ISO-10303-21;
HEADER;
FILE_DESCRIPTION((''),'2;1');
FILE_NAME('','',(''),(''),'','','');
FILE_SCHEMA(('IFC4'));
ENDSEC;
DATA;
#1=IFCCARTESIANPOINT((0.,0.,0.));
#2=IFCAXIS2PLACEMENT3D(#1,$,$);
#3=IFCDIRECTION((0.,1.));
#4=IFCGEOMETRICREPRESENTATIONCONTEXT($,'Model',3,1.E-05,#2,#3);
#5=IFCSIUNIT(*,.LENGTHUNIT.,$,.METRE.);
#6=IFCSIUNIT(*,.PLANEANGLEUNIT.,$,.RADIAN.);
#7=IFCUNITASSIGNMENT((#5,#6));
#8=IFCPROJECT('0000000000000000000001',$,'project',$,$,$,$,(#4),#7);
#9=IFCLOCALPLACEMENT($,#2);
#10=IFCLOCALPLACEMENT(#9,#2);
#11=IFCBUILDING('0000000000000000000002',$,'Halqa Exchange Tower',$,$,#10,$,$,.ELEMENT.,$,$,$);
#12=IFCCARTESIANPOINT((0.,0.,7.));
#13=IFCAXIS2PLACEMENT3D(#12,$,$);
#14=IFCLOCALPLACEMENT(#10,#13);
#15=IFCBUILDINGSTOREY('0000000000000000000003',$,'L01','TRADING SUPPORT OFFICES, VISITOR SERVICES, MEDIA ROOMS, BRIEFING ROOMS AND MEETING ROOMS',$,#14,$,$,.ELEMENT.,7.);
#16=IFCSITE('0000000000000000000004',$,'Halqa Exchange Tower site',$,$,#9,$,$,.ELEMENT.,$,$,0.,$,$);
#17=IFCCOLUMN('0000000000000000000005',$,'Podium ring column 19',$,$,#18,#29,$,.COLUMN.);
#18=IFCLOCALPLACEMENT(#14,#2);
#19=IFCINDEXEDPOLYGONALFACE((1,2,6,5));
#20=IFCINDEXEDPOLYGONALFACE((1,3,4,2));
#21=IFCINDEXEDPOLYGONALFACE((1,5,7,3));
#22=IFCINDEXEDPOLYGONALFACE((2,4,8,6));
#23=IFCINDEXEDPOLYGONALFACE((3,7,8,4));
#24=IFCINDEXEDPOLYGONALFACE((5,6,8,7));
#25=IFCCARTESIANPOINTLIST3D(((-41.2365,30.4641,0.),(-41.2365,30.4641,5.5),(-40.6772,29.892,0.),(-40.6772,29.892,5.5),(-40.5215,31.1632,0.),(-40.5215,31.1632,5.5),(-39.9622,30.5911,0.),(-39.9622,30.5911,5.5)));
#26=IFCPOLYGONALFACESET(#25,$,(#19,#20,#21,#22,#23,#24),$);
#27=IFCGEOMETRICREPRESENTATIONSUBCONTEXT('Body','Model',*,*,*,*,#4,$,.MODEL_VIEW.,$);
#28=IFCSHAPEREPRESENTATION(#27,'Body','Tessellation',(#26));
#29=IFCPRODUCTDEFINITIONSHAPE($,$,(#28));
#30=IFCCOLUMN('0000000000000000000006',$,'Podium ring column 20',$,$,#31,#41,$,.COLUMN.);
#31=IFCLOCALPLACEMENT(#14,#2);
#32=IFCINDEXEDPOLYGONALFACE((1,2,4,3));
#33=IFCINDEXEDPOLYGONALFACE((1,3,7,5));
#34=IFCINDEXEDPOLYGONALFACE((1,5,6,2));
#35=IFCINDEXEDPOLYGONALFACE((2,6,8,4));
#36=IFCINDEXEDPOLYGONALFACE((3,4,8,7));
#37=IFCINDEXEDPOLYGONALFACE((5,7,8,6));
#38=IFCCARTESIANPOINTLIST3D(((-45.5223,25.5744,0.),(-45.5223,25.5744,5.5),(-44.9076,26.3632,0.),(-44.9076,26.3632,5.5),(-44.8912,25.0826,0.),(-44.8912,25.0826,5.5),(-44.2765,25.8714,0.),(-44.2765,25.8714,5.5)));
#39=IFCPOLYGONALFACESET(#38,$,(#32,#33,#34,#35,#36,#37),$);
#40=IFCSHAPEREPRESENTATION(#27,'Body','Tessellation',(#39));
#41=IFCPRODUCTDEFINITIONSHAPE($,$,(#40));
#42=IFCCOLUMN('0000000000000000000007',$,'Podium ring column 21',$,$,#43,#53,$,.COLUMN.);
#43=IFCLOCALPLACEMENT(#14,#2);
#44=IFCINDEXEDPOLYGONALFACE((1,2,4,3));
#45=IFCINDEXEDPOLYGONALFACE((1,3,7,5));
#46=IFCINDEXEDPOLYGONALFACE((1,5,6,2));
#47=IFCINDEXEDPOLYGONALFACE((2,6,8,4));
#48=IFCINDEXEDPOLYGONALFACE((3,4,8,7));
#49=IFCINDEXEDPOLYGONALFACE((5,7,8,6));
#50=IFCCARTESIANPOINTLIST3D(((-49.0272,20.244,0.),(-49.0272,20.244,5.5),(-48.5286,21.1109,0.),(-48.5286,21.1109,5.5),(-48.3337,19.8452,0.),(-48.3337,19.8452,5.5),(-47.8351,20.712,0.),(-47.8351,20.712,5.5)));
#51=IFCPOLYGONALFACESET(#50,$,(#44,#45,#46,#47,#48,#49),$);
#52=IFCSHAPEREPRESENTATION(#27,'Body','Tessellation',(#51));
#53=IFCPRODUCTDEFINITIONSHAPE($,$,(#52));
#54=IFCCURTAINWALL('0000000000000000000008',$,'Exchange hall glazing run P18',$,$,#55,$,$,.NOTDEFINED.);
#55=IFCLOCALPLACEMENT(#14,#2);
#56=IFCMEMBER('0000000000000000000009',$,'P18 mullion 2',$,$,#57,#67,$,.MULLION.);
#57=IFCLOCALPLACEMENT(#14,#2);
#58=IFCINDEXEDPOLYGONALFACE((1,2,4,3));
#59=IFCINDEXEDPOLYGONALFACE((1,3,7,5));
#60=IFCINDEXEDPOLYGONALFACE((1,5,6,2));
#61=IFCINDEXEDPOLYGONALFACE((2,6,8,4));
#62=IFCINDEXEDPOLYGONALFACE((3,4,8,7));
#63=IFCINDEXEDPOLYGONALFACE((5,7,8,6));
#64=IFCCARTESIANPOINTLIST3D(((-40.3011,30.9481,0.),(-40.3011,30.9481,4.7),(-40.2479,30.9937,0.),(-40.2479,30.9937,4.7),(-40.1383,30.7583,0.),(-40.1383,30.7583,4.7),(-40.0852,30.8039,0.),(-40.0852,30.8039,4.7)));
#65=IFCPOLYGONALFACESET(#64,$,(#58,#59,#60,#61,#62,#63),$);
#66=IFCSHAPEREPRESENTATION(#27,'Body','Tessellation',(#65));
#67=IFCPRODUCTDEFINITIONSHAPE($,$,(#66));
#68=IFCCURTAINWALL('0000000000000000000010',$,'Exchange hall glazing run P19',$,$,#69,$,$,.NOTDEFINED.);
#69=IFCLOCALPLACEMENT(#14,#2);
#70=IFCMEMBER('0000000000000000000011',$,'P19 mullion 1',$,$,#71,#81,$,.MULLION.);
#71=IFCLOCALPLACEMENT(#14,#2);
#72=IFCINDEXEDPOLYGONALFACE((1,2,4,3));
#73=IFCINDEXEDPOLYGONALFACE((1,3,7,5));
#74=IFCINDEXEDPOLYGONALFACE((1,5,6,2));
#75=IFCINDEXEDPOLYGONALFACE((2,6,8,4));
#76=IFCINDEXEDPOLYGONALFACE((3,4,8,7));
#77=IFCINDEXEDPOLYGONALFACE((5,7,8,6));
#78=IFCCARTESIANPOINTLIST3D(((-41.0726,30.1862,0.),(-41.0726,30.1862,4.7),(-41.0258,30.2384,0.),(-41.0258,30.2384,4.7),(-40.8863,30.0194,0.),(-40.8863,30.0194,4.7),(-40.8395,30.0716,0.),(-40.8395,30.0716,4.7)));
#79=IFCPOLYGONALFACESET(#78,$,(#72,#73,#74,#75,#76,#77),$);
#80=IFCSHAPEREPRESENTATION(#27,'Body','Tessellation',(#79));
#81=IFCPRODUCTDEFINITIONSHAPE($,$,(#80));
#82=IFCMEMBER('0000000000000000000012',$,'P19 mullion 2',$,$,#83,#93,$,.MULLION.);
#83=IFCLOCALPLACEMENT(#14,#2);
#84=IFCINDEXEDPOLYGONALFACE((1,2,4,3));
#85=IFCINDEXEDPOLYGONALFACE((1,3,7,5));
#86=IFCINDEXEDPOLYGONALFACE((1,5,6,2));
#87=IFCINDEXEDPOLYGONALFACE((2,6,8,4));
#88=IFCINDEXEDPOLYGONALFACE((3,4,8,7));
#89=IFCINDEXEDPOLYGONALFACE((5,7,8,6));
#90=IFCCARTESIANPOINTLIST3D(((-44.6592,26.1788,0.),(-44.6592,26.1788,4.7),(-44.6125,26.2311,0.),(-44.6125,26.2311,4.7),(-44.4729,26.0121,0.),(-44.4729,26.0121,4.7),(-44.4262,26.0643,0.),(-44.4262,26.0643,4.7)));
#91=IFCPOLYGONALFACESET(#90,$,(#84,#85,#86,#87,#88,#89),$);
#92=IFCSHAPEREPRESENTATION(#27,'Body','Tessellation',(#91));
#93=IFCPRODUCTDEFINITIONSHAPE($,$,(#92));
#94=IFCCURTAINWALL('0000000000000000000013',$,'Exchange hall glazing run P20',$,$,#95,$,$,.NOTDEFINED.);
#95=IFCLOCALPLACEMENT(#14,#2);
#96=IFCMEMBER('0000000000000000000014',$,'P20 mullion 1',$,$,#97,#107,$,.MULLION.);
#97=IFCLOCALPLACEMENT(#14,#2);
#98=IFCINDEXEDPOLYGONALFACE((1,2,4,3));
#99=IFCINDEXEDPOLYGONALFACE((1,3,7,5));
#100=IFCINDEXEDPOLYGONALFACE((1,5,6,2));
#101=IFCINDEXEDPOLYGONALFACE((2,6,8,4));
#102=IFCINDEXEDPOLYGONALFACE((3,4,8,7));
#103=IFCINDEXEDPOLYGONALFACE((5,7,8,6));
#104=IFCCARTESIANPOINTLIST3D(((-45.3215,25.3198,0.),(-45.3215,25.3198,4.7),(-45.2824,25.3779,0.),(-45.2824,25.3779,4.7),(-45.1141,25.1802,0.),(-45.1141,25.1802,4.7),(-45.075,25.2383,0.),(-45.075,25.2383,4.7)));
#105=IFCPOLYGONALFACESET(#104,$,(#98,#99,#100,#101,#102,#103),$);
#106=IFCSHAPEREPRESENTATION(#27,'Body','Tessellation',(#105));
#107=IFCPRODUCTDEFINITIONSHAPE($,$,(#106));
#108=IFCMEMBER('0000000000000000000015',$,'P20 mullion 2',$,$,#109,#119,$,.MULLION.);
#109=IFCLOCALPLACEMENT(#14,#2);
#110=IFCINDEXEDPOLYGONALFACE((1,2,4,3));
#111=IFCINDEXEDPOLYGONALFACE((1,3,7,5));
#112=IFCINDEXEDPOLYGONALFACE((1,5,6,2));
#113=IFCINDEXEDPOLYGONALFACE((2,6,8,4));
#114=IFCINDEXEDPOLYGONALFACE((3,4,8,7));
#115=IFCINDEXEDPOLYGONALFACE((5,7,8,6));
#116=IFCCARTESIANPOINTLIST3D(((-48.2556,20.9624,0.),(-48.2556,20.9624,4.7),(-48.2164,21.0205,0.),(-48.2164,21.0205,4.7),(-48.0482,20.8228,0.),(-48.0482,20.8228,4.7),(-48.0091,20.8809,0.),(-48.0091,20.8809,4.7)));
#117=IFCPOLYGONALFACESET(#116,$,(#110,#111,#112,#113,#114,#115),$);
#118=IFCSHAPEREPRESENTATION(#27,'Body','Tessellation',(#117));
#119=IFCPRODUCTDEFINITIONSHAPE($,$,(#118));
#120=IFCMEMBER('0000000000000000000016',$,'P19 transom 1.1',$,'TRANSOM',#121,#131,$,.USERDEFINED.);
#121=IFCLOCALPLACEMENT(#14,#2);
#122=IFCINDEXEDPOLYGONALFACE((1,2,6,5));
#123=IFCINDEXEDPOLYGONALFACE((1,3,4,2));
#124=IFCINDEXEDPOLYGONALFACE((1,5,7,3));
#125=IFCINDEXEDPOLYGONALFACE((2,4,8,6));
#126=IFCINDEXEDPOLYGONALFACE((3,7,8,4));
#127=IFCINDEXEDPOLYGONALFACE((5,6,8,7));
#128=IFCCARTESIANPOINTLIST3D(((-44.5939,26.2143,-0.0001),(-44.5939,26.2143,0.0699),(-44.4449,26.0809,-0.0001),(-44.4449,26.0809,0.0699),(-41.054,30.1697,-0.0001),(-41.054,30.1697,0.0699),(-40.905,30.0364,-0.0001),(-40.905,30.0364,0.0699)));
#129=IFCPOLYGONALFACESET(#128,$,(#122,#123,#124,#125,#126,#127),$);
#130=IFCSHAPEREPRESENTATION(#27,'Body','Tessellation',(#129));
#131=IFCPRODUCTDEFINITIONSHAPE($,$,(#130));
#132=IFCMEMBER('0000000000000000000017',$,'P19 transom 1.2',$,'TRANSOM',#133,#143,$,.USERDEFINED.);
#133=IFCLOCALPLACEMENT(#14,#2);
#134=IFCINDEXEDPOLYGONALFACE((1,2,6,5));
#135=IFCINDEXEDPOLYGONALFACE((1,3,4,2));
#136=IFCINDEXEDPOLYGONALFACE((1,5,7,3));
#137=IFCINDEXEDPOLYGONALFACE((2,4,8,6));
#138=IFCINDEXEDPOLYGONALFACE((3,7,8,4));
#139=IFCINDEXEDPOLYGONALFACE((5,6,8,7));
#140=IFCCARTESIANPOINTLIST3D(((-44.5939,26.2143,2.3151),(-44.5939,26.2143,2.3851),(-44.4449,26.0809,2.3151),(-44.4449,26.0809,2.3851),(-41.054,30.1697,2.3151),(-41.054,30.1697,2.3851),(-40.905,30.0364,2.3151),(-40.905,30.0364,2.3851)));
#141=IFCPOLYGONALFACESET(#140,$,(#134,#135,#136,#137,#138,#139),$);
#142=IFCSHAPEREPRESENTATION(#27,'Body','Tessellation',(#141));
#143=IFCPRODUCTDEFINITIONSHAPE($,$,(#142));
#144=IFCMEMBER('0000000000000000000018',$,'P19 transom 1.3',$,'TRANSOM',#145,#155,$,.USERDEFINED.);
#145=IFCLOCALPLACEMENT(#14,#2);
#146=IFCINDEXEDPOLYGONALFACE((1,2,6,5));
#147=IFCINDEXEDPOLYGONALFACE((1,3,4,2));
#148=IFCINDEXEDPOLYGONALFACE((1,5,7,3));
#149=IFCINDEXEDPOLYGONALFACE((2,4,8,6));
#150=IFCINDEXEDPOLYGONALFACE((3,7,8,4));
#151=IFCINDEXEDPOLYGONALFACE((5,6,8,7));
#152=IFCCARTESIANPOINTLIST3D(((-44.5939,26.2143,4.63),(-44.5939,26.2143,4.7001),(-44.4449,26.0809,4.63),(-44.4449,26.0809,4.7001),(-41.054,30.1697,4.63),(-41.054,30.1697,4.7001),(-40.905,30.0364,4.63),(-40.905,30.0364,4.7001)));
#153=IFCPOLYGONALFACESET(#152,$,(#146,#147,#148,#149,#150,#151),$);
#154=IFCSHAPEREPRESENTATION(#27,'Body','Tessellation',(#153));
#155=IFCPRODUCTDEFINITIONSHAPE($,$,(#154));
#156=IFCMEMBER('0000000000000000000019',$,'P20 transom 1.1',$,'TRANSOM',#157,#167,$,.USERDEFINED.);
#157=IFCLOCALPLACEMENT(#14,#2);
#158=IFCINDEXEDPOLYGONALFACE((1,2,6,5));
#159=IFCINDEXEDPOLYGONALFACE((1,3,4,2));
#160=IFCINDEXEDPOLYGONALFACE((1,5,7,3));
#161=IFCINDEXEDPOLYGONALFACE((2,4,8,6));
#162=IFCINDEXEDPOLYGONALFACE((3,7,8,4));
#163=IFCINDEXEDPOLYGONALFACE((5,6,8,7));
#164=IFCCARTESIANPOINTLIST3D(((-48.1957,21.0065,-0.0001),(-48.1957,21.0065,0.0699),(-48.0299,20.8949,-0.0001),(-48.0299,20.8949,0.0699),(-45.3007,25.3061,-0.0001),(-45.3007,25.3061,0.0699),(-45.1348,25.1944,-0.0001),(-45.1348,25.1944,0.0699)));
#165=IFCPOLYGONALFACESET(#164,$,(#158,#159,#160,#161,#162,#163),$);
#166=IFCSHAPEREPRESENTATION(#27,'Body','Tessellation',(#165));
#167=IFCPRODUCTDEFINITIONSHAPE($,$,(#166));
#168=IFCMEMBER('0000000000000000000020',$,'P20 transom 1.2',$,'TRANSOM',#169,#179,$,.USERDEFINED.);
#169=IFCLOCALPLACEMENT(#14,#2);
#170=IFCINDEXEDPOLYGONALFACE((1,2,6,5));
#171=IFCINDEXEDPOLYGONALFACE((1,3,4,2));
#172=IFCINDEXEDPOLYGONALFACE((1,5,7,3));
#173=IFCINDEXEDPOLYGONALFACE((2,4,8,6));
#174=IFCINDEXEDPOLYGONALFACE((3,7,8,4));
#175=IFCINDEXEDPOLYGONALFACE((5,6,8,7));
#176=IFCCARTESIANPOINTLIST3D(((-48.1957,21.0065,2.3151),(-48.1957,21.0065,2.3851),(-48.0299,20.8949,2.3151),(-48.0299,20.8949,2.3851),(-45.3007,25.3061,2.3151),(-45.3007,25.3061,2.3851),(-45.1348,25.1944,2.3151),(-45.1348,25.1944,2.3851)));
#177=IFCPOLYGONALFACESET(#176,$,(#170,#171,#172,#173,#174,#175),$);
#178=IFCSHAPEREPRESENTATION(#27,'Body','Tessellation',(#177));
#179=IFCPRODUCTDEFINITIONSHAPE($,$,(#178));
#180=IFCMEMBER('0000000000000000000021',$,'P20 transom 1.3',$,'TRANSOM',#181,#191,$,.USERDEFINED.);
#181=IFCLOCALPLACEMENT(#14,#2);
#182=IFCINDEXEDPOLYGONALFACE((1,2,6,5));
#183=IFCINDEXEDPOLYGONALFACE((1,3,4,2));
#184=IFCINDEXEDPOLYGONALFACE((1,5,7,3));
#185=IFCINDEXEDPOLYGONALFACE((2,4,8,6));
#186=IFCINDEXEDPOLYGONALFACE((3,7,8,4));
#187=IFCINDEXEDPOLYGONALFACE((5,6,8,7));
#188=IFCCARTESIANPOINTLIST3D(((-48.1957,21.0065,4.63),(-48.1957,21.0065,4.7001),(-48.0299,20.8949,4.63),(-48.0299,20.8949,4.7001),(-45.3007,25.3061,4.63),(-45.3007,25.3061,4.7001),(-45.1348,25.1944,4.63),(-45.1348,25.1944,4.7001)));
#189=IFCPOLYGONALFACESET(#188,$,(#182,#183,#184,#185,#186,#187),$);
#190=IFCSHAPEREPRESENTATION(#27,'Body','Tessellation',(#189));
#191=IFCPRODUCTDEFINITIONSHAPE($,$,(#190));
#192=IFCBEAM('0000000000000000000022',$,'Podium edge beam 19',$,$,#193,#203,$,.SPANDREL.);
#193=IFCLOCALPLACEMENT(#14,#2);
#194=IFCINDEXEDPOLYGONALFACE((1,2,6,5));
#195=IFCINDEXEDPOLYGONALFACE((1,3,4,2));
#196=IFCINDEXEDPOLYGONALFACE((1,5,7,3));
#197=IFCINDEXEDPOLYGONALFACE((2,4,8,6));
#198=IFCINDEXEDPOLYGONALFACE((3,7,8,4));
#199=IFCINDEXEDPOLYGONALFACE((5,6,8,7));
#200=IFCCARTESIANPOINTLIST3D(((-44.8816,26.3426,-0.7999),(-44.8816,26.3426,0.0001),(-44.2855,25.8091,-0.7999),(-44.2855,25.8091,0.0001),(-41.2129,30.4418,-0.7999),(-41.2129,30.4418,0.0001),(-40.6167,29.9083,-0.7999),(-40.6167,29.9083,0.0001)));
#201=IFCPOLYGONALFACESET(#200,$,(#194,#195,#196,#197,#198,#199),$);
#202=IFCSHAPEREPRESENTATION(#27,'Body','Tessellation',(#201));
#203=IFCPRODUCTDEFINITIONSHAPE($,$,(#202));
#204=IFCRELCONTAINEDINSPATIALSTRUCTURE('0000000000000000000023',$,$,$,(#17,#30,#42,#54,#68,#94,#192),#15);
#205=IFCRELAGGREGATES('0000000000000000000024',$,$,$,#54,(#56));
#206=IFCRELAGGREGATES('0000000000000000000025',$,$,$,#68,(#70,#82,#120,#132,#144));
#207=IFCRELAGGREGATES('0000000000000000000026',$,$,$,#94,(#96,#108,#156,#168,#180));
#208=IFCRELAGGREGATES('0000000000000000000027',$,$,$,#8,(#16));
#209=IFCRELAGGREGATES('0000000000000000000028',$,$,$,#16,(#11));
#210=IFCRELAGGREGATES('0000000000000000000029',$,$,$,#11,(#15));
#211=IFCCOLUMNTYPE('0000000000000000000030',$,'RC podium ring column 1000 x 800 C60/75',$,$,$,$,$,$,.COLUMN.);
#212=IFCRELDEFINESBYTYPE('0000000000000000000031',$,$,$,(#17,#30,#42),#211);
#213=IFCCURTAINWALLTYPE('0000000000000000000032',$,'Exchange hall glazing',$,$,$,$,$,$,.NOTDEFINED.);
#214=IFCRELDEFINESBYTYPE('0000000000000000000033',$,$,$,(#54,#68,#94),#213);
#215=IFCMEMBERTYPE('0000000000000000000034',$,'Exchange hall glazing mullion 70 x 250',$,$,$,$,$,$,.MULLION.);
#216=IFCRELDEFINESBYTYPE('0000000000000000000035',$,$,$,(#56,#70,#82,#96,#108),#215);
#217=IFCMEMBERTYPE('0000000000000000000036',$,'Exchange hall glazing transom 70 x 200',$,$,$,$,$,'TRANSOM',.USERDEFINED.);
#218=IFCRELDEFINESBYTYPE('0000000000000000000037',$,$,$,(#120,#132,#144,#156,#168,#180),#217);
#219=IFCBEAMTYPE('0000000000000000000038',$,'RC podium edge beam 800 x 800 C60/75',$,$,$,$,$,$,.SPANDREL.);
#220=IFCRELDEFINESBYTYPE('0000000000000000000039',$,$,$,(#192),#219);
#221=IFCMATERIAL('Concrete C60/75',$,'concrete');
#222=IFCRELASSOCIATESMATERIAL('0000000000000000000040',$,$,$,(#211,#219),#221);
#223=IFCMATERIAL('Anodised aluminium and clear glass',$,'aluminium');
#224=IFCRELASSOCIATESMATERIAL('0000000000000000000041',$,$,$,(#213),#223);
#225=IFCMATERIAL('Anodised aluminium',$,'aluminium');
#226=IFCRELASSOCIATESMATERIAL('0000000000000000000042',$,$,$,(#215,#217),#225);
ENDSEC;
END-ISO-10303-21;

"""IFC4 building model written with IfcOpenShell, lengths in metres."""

from ifc_helpers import new_model, si_unit, direction, frame, origin, origin_2d, place, context, subcontext, project, spatial, rectangle, extrude, material, material_profile, profile_set, type_object, element, aggregate, save


model = new_model("IFC4")

# Units and contexts
model_context = context("Model", 3, precision=1e-05, world=origin(), true_north=direction((0.0, 1.0)))
body_context = subcontext(model_context, "Body", "Model", "MODEL_VIEW")
ifc_project = project(units=[si_unit("LENGTHUNIT", "METRE"), si_unit("PLANEANGLEUNIT", "RADIAN")], contexts=[model_context])

# Site, building, storey
site_placement = place(None, origin())
site = spatial("IfcSite", under=ifc_project, at=site_placement, Name="Halqa Exchange Tower site", CompositionType="ELEMENT", RefElevation=0.0)
building_placement = place(site_placement, origin())
building = spatial("IfcBuilding", under=site, at=building_placement, Name="Halqa Exchange Tower", CompositionType="ELEMENT")
storey_placement = place(building_placement, frame((0.0, 0.0, 7.0)))
storey = spatial("IfcBuildingStorey", under=building, at=storey_placement, Name="L01", Description="TRADING SUPPORT OFFICES, VISITOR SERVICES, MEDIA ROOMS, BRIEFING ROOMS AND MEETING ROOMS", CompositionType="ELEMENT", Elevation=7.0)

# Columns
ifc_material_1 = material(Name="Concrete C60/75", Category="concrete")
ifc_material_profile_1 = material_profile(ifc_material_1, rectangle(XDim=1.0, YDim=0.8, at=origin_2d()), Name="1000 x 800")
ifc_profile_set_1 = profile_set([ifc_material_profile_1], Name="Concrete C60/75")
column_type = type_object("IfcColumnType", Name="RC podium ring column 1000 x 800 C60/75", PredefinedType="COLUMN", material=ifc_profile_set_1)
for number, where, z_axis, x_axis, name in (
    (1, (-40.5994, 30.5276, 0.0), (0.0, 0.0, 1.0), (-0.715039, -0.699085, 0.0), "Podium ring column 19"),
    (2, (-44.8994, 25.7229, 0.0), (0.0, 0.0, 1.0), (-0.614691, -0.788768, 0.0), "Podium ring column 20"),
    (3, (-48.4312, 20.478, 0.0), (0.0, 0.0, 1.0), (-0.498569, -0.86685, 0.0), "Podium ring column 21"),
):
    element("IfcColumn", number, at=place(storey_placement, frame(where, z_axis=z_axis, x_axis=x_axis)), inside=storey, type_object=column_type, Name=name, PredefinedType="COLUMN", context=body_context, shape_type="SweptSolid", body=[
        extrude(rectangle(XDim=1.0, YDim=0.8, at=origin_2d()), origin(), (0.0, 0.0, 1.0), 5.5),
    ])

# Curtain wall, member
ifc_material_2 = material(Name="Anodised aluminium and clear glass", Category="aluminium")
curtain_wall_type = type_object("IfcCurtainWallType", Name="Exchange hall glazing", PredefinedType="NOTDEFINED", material=ifc_material_2)
curtain_wall_1_placement = place(storey_placement, origin())
curtain_wall_1 = element("IfcCurtainWall", 4, at=curtain_wall_1_placement, inside=storey, type_object=curtain_wall_type, Name="Exchange hall glazing run P18", PredefinedType="NOTDEFINED")
ifc_material_3 = material(Name="Anodised aluminium", Category="aluminium")
ifc_material_profile_2 = material_profile(ifc_material_3, rectangle(XDim=0.25, YDim=0.0701, at=origin_2d()), Name="AL 70x250")
ifc_profile_set_2 = profile_set([ifc_material_profile_2], Name="Anodised aluminium")
member_type_1 = type_object("IfcMemberType", Name="Exchange hall glazing mullion 70 x 250", PredefinedType="MULLION", material=ifc_profile_set_2)
member_1_placement = place(storey_placement, frame((-40.1931, 30.876, 0.0), z_axis=(0.0, 0.0, 1.0), x_axis=(0.650911, -0.759154, 0.0)))
member_1 = element("IfcMember", 5, at=member_1_placement, type_object=member_type_1, Name="P18 mullion 2", PredefinedType="MULLION", context=body_context, shape_type="SweptSolid", body=[
    extrude(rectangle(XDim=0.25, YDim=0.0701, at=origin_2d()), origin(), (0.0, 0.0, 1.0), 4.7),
])

# Curtain walls, members
curtain_wall_2_placement = place(storey_placement, origin())
curtain_wall_2 = element("IfcCurtainWall", 6, at=curtain_wall_2_placement, inside=storey, type_object=curtain_wall_type, Name="Exchange hall glazing run P19", PredefinedType="NOTDEFINED")
member_2_placement = place(storey_placement, frame((-40.9561, 30.1289, 0.0), z_axis=(0.0, 0.0, 1.0), x_axis=(0.745148, -0.666899, 0.0)))
member_2 = element("IfcMember", 7, at=member_2_placement, type_object=member_type_1, Name="P19 mullion 1", PredefinedType="MULLION", context=body_context, shape_type="SweptSolid", body=[
    extrude(rectangle(XDim=0.25, YDim=0.0701, at=origin_2d()), origin(), (0.0, 0.0, 1.0), 4.7),
])
member_3_placement = place(storey_placement, frame((-44.5427, 26.1216, 0.0), z_axis=(0.0, 0.0, 1.0), x_axis=(0.745148, -0.666899, 0.0)))
member_3 = element("IfcMember", 8, at=member_3_placement, type_object=member_type_1, Name="P19 mullion 2", PredefinedType="MULLION", context=body_context, shape_type="SweptSolid", body=[
    extrude(rectangle(XDim=0.25, YDim=0.0701, at=origin_2d()), origin(), (0.0, 0.0, 1.0), 4.7),
])
curtain_wall_3_placement = place(storey_placement, origin())
curtain_wall_3 = element("IfcCurtainWall", 9, at=curtain_wall_3_placement, inside=storey, type_object=curtain_wall_type, Name="Exchange hall glazing run P20", PredefinedType="NOTDEFINED")
member_4_placement = place(storey_placement, frame((-45.1982, 25.2791, 0.0), z_axis=(0.0, 0.0, 1.0), x_axis=(0.82949, -0.558522, 0.0)))
member_4 = element("IfcMember", 10, at=member_4_placement, type_object=member_type_1, Name="P20 mullion 1", PredefinedType="MULLION", context=body_context, shape_type="SweptSolid", body=[
    extrude(rectangle(XDim=0.25, YDim=0.0701, at=origin_2d()), origin(), (0.0, 0.0, 1.0), 4.7),
])
member_5_placement = place(storey_placement, frame((-48.1323, 20.9216, 0.0), z_axis=(0.0, 0.0, 1.0), x_axis=(0.82949, -0.558522, 0.0)))
member_5 = element("IfcMember", 11, at=member_5_placement, type_object=member_type_1, Name="P20 mullion 2", PredefinedType="MULLION", context=body_context, shape_type="SweptSolid", body=[
    extrude(rectangle(XDim=0.25, YDim=0.0701, at=origin_2d()), origin(), (0.0, 0.0, 1.0), 4.7),
])

# Members
ifc_material_profile_3 = material_profile(ifc_material_3, rectangle(XDim=0.2, YDim=0.0701, at=origin_2d()), Name="AL 70x200")
ifc_profile_set_3 = profile_set([ifc_material_profile_3], Name="Anodised aluminium")
member_type_2 = type_object("IfcMemberType", Name="Exchange hall glazing transom 70 x 200", ElementType="TRANSOM", PredefinedType="USERDEFINED", material=ifc_profile_set_3)
member_6_placement = place(storey_placement, frame((-40.9795, 30.103, 0.0349), z_axis=(-0.666881, -0.745164, 0.0), x_axis=(0.745164, -0.666881, 0.0)))
member_6 = element("IfcMember", 12, at=member_6_placement, type_object=member_type_2, Name="P19 transom 1.1", ObjectType="TRANSOM", PredefinedType="USERDEFINED", context=body_context, shape_type="SweptSolid", body=[
    extrude(rectangle(XDim=0.2, YDim=0.0701, at=origin_2d()), origin(), (0.0, 0.0, 1.0), 5.3081),
])
member_7_placement = place(storey_placement, frame((-40.9795, 30.103, 2.3501), z_axis=(-0.666881, -0.745164, 0.0), x_axis=(0.745164, -0.666881, 0.0)))
member_7 = element("IfcMember", 13, at=member_7_placement, type_object=member_type_2, Name="P19 transom 1.2", ObjectType="TRANSOM", PredefinedType="USERDEFINED", context=body_context, shape_type="SweptSolid", body=[
    extrude(rectangle(XDim=0.2, YDim=0.0701, at=origin_2d()), origin(), (0.0, 0.0, 1.0), 5.3081),
])
member_8_placement = place(storey_placement, frame((-40.9795, 30.103, 4.665), z_axis=(-0.666881, -0.745164, 0.0), x_axis=(0.745164, -0.666881, 0.0)))
member_8 = element("IfcMember", 14, at=member_8_placement, type_object=member_type_2, Name="P19 transom 1.3", ObjectType="TRANSOM", PredefinedType="USERDEFINED", context=body_context, shape_type="SweptSolid", body=[
    extrude(rectangle(XDim=0.2, YDim=0.0701, at=origin_2d()), origin(), (0.0, 0.0, 1.0), 5.3081),
])
member_9_placement = place(storey_placement, frame((-45.2178, 25.2502, 0.0349), z_axis=(-0.55852, -0.829491, 0.0), x_axis=(0.829491, -0.55852, 0.0)))
member_9 = element("IfcMember", 15, at=member_9_placement, type_object=member_type_2, Name="P20 transom 1.1", ObjectType="TRANSOM", PredefinedType="USERDEFINED", context=body_context, shape_type="SweptSolid", body=[
    extrude(rectangle(XDim=0.2, YDim=0.0701, at=origin_2d()), origin(), (0.0, 0.0, 1.0), 5.1833),
])
member_10_placement = place(storey_placement, frame((-45.2178, 25.2502, 2.3501), z_axis=(-0.55852, -0.829491, 0.0), x_axis=(0.829491, -0.55852, 0.0)))
member_10 = element("IfcMember", 16, at=member_10_placement, type_object=member_type_2, Name="P20 transom 1.2", ObjectType="TRANSOM", PredefinedType="USERDEFINED", context=body_context, shape_type="SweptSolid", body=[
    extrude(rectangle(XDim=0.2, YDim=0.0701, at=origin_2d()), origin(), (0.0, 0.0, 1.0), 5.1833),
])
member_11_placement = place(storey_placement, frame((-45.2178, 25.2502, 4.665), z_axis=(-0.55852, -0.829491, 0.0), x_axis=(0.829491, -0.55852, 0.0)))
member_11 = element("IfcMember", 17, at=member_11_placement, type_object=member_type_2, Name="P20 transom 1.3", ObjectType="TRANSOM", PredefinedType="USERDEFINED", context=body_context, shape_type="SweptSolid", body=[
    extrude(rectangle(XDim=0.2, YDim=0.0701, at=origin_2d()), origin(), (0.0, 0.0, 1.0), 5.1833),
])

# Beam
ifc_material_profile_4 = material_profile(ifc_material_1, rectangle(XDim=0.8, YDim=0.8, at=origin_2d()), Name="800 x 800")
ifc_profile_set_4 = profile_set([ifc_material_profile_4], Name="Concrete C60/75")
beam_type = type_object("IfcBeamType", Name="RC podium edge beam 800 x 800 C60/75", PredefinedType="SPANDREL", material=ifc_profile_set_4)
beam_1_placement = place(storey_placement, frame((-40.9148, 30.175, -0.3999), z_axis=(-0.666903, -0.745145, 0.0), x_axis=(0.745145, -0.666903, 0.0)))
element("IfcBeam", 18, at=beam_1_placement, inside=storey, type_object=beam_type, Name="Podium edge beam 19", PredefinedType="SPANDREL", context=body_context, shape_type="SweptSolid", body=[
    extrude(rectangle(XDim=0.8, YDim=0.8, at=origin_2d()), origin(), (0.0, 0.0, 1.0), 5.5012),
])

aggregate(curtain_wall_1, [member_1])
aggregate(curtain_wall_2, [member_2, member_3, member_6, member_7, member_8])
aggregate(curtain_wall_3, [member_4, member_5, member_9, member_10, member_11])

save(model, "model.ifc")
